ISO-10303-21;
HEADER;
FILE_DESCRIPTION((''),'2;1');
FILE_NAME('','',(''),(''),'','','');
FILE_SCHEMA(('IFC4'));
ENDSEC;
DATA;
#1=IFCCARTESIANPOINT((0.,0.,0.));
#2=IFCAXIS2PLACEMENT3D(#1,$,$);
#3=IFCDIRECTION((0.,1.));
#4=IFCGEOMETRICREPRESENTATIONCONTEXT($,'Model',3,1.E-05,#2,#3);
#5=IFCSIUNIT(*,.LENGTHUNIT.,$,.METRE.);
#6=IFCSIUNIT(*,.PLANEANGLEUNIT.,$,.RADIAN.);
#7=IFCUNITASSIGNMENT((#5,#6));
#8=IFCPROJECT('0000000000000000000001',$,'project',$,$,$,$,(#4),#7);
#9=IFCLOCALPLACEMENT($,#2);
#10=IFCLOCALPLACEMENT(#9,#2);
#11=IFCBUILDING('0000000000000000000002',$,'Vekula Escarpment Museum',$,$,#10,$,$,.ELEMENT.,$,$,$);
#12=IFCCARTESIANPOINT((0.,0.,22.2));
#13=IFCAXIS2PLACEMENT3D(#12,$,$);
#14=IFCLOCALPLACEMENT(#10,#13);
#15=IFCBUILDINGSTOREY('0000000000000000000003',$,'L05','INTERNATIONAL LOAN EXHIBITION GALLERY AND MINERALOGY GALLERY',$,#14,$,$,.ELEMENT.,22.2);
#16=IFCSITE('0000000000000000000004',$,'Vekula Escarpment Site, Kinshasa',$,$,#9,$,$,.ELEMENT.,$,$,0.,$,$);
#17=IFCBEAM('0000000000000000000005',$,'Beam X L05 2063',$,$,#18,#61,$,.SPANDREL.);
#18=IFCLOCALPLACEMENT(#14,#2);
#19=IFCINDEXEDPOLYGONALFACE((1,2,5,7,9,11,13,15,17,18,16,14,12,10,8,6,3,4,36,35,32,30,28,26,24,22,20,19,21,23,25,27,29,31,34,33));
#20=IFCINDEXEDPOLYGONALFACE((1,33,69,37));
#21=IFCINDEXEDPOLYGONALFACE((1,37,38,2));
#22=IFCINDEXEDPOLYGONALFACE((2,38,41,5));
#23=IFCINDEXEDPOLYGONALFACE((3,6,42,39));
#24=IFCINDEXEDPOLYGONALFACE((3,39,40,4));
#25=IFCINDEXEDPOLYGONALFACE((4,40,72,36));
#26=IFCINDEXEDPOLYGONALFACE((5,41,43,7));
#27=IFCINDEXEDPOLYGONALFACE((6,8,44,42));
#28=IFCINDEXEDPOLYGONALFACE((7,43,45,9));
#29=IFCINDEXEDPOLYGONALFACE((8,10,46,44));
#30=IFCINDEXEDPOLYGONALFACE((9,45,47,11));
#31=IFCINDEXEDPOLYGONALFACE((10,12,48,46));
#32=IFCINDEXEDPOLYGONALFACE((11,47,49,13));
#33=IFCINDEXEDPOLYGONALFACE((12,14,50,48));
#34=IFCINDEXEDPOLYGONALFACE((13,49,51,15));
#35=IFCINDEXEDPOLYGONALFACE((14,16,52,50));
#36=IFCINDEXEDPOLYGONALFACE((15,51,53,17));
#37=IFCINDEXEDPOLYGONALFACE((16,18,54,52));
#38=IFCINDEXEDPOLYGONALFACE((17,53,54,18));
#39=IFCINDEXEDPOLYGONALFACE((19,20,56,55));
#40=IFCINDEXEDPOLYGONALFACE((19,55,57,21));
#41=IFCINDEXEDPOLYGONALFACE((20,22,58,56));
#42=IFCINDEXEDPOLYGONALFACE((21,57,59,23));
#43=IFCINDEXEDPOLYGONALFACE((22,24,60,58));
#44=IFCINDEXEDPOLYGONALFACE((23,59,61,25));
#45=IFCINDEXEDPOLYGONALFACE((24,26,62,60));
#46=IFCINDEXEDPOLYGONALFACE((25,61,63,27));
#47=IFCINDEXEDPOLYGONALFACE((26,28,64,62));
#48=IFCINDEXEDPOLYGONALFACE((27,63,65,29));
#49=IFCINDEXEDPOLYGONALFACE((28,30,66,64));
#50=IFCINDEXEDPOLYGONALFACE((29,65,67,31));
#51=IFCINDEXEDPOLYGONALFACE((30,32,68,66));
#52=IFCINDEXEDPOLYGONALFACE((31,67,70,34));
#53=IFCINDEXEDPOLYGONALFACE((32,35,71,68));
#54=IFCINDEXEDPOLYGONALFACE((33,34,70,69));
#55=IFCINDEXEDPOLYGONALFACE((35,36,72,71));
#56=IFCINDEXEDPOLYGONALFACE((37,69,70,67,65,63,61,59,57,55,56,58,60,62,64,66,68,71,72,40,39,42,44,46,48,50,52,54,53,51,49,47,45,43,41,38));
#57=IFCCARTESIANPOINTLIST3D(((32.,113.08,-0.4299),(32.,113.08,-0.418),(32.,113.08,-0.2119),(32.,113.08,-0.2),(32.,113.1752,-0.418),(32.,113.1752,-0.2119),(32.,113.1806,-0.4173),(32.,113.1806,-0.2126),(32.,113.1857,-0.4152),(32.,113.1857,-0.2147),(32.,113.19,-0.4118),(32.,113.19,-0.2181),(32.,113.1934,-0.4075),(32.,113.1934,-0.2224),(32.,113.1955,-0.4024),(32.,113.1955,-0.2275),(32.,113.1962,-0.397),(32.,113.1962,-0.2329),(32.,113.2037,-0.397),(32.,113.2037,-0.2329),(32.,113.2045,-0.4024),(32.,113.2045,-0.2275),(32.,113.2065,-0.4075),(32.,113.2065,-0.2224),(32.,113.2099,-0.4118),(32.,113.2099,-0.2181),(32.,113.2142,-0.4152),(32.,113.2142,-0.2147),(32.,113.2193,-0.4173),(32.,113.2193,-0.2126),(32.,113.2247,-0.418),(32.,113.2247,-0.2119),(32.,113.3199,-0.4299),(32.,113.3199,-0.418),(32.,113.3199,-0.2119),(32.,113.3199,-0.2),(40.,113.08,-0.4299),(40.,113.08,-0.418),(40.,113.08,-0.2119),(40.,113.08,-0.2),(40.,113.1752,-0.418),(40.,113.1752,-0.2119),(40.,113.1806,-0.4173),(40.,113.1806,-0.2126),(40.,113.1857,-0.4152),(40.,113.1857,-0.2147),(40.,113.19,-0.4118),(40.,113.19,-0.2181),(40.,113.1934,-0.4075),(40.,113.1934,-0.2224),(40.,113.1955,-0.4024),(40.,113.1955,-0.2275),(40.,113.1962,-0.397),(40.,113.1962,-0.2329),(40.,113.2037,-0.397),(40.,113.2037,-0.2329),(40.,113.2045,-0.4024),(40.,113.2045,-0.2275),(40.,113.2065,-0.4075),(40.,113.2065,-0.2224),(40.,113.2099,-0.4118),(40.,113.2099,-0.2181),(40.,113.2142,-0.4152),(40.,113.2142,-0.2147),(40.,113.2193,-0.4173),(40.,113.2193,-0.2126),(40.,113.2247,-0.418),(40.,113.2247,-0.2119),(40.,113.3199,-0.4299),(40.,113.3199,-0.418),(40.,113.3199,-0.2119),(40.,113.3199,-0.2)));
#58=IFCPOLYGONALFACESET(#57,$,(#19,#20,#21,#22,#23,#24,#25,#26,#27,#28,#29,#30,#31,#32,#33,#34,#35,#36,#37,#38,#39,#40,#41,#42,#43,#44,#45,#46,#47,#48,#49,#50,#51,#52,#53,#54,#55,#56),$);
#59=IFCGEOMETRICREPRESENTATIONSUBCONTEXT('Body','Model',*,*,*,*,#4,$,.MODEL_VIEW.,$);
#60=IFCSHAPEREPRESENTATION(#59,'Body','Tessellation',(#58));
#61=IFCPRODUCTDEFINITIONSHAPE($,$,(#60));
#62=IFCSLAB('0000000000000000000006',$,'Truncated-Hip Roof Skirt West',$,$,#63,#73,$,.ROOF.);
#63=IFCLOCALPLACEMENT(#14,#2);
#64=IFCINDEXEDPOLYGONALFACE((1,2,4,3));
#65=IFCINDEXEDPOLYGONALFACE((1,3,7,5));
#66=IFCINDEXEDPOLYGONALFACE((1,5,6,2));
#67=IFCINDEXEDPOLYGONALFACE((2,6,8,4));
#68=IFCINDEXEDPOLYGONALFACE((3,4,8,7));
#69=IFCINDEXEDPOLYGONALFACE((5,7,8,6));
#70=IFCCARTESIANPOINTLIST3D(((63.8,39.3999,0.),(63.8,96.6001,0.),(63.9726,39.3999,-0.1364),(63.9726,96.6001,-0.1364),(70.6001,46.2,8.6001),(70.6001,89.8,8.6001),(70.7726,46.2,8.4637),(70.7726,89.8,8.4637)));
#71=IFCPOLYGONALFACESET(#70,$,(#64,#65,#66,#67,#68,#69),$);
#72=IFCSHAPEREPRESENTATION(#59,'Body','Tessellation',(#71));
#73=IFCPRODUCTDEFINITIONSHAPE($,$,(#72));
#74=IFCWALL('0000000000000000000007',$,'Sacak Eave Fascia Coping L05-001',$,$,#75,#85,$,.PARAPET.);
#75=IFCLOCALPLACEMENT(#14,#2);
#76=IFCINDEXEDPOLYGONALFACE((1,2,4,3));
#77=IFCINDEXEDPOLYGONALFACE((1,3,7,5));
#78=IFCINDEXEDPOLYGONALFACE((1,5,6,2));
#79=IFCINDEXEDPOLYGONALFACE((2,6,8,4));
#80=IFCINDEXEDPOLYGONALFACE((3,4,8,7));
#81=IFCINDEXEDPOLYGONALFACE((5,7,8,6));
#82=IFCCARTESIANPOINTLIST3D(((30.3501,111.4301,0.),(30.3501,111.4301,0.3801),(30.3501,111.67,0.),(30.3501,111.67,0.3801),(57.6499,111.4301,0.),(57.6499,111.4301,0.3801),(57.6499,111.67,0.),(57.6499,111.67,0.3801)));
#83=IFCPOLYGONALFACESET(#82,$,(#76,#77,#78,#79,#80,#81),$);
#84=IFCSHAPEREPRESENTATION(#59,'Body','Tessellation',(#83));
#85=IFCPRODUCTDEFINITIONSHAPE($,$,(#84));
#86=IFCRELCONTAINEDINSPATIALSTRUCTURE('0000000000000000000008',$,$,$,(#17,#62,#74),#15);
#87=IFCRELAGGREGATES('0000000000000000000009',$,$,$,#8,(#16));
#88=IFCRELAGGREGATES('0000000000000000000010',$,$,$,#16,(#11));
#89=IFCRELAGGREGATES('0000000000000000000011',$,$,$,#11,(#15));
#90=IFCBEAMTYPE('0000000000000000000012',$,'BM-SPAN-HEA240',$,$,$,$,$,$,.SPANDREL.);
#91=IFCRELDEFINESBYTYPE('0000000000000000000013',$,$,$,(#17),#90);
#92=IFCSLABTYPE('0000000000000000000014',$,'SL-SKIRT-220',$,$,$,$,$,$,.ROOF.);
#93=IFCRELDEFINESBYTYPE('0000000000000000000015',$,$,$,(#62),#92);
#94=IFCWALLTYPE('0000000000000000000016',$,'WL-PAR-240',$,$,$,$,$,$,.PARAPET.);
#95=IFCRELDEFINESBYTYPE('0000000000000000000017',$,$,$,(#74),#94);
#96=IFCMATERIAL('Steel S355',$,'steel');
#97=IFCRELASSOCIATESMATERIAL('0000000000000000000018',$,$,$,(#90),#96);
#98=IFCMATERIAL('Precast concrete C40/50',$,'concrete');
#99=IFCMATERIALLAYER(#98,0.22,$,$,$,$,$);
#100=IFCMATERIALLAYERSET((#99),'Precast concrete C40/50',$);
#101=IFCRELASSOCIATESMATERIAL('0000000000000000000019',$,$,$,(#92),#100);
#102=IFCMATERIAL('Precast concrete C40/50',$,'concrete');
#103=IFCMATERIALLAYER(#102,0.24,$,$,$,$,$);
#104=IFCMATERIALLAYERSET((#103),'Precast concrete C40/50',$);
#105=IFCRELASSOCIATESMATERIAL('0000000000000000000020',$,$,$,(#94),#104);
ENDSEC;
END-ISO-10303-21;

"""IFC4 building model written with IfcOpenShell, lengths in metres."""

from ifc_helpers import new_model, si_unit, direction, frame, frame_2d, origin, origin_2d, place, context, subcontext, project, spatial, polyline, rectangle, i_section, outline, extrude, material, layer, layer_set, material_profile, profile_set, type_object, element, save


model = new_model("IFC4")

# Units and contexts
model_context = context("Model", 3, precision=1e-05, world=origin(), true_north=direction((0.0, 1.0)))
body_context = subcontext(model_context, "Body", "Model", "MODEL_VIEW")
ifc_project = project(units=[si_unit("LENGTHUNIT", "METRE"), si_unit("PLANEANGLEUNIT", "RADIAN")], contexts=[model_context])

# Site, building, storey
site_placement = place(None, origin())
site = spatial("IfcSite", under=ifc_project, at=site_placement, Name="Vekula Escarpment Site, Kinshasa", CompositionType="ELEMENT", RefElevation=0.0)
building_placement = place(site_placement, origin())
building = spatial("IfcBuilding", under=site, at=building_placement, Name="Vekula Escarpment Museum", CompositionType="ELEMENT")
storey_placement = place(building_placement, frame((0.0, 0.0, 22.2)))
storey = spatial("IfcBuildingStorey", under=building, at=storey_placement, Name="L05", Description="INTERNATIONAL LOAN EXHIBITION GALLERY AND MINERALOGY GALLERY", CompositionType="ELEMENT", Elevation=22.2)

# Beam
ifc_material_1 = material(Name="Steel S355", Category="steel")
ifc_material_profile_1 = material_profile(ifc_material_1, i_section(OverallWidth=0.24, OverallDepth=0.23, WebThickness=0.0076, FlangeThickness=0.012, FilletRadius=0.021, at=origin_2d()), Name="HEA 240")
ifc_profile_set_1 = profile_set([ifc_material_profile_1], Name="Steel S355")
beam_type_1 = type_object("IfcBeamType", Name="BM-SPAN-HEA240", PredefinedType="SPANDREL", material=ifc_profile_set_1)
for number, where, z_axis, x_axis, name in (
    (1, (32.0, 113.2, -0.3149), (1.0, 0.0, 0.0), (0.0, 1.0, 0.0), "Beam X L05 2063"),
):
    element("IfcBeam", number, at=place(storey_placement, frame(where, z_axis=z_axis, x_axis=x_axis)), inside=storey, type_object=beam_type_1, Name=name, PredefinedType="SPANDREL", context=body_context, shape_type="SweptSolid", body=[
        extrude(i_section(OverallWidth=0.24, OverallDepth=0.23, WebThickness=0.0076, FlangeThickness=0.012, FilletRadius=0.021, at=origin_2d()), origin(), (0.0, 0.0, 1.0), 8.0),
    ])

# Slab
ifc_material_2 = material(Name="Precast concrete C40/50", Category="concrete")
ifc_layer_1 = layer(ifc_material_2, 0.22)
ifc_layer_set_1 = layer_set([ifc_layer_1], Name="Precast concrete C40/50")
slab_type = type_object("IfcSlabType", Name="SL-SKIRT-220", PredefinedType="ROOF", material=ifc_layer_set_1)
slab_placement = place(storey_placement, frame((63.8, 96.6001, 0.0), z_axis=(-0.784417, 0.0, 0.620234), x_axis=(0.0, -1.0, 0.0)))
element("IfcSlab", 2, at=slab_placement, inside=storey, type_object=slab_type, Name="Truncated-Hip Roof Skirt West", PredefinedType="ROOF", context=body_context, shape_type="SweptSolid", body=[
    extrude(outline(polyline([(0.0, 0.0), (57.2002, 0.0), (50.4001, 10.9637), (6.8, 10.9637), (0.0, 0.0)])), origin(), (0.0, 0.0, -1.0), 0.22),
])

# Wall
ifc_material_3 = material(Name="Precast concrete C40/50", Category="concrete")
ifc_layer_2 = layer(ifc_material_3, 0.24)
ifc_layer_set_2 = layer_set([ifc_layer_2], Name="Precast concrete C40/50")
wall_type = type_object("IfcWallType", Name="WL-PAR-240", PredefinedType="PARAPET", material=ifc_layer_set_2)
wall_placement = place(storey_placement, frame((30.3501, 111.55, 0.0), z_axis=(0.0, 0.0, 1.0), x_axis=(1.0, 0.0, 0.0)))
element("IfcWall", 3, at=wall_placement, inside=storey, type_object=wall_type, Name="Sacak Eave Fascia Coping L05-001", PredefinedType="PARAPET", context=body_context, shape_type="SweptSolid", body=[
    extrude(rectangle(XDim=27.2998, YDim=0.24, at=frame_2d((13.6499, 0.0))), origin(), (0.0, 0.0, 1.0), 0.3801),
])

save(model, "model.ifc")
